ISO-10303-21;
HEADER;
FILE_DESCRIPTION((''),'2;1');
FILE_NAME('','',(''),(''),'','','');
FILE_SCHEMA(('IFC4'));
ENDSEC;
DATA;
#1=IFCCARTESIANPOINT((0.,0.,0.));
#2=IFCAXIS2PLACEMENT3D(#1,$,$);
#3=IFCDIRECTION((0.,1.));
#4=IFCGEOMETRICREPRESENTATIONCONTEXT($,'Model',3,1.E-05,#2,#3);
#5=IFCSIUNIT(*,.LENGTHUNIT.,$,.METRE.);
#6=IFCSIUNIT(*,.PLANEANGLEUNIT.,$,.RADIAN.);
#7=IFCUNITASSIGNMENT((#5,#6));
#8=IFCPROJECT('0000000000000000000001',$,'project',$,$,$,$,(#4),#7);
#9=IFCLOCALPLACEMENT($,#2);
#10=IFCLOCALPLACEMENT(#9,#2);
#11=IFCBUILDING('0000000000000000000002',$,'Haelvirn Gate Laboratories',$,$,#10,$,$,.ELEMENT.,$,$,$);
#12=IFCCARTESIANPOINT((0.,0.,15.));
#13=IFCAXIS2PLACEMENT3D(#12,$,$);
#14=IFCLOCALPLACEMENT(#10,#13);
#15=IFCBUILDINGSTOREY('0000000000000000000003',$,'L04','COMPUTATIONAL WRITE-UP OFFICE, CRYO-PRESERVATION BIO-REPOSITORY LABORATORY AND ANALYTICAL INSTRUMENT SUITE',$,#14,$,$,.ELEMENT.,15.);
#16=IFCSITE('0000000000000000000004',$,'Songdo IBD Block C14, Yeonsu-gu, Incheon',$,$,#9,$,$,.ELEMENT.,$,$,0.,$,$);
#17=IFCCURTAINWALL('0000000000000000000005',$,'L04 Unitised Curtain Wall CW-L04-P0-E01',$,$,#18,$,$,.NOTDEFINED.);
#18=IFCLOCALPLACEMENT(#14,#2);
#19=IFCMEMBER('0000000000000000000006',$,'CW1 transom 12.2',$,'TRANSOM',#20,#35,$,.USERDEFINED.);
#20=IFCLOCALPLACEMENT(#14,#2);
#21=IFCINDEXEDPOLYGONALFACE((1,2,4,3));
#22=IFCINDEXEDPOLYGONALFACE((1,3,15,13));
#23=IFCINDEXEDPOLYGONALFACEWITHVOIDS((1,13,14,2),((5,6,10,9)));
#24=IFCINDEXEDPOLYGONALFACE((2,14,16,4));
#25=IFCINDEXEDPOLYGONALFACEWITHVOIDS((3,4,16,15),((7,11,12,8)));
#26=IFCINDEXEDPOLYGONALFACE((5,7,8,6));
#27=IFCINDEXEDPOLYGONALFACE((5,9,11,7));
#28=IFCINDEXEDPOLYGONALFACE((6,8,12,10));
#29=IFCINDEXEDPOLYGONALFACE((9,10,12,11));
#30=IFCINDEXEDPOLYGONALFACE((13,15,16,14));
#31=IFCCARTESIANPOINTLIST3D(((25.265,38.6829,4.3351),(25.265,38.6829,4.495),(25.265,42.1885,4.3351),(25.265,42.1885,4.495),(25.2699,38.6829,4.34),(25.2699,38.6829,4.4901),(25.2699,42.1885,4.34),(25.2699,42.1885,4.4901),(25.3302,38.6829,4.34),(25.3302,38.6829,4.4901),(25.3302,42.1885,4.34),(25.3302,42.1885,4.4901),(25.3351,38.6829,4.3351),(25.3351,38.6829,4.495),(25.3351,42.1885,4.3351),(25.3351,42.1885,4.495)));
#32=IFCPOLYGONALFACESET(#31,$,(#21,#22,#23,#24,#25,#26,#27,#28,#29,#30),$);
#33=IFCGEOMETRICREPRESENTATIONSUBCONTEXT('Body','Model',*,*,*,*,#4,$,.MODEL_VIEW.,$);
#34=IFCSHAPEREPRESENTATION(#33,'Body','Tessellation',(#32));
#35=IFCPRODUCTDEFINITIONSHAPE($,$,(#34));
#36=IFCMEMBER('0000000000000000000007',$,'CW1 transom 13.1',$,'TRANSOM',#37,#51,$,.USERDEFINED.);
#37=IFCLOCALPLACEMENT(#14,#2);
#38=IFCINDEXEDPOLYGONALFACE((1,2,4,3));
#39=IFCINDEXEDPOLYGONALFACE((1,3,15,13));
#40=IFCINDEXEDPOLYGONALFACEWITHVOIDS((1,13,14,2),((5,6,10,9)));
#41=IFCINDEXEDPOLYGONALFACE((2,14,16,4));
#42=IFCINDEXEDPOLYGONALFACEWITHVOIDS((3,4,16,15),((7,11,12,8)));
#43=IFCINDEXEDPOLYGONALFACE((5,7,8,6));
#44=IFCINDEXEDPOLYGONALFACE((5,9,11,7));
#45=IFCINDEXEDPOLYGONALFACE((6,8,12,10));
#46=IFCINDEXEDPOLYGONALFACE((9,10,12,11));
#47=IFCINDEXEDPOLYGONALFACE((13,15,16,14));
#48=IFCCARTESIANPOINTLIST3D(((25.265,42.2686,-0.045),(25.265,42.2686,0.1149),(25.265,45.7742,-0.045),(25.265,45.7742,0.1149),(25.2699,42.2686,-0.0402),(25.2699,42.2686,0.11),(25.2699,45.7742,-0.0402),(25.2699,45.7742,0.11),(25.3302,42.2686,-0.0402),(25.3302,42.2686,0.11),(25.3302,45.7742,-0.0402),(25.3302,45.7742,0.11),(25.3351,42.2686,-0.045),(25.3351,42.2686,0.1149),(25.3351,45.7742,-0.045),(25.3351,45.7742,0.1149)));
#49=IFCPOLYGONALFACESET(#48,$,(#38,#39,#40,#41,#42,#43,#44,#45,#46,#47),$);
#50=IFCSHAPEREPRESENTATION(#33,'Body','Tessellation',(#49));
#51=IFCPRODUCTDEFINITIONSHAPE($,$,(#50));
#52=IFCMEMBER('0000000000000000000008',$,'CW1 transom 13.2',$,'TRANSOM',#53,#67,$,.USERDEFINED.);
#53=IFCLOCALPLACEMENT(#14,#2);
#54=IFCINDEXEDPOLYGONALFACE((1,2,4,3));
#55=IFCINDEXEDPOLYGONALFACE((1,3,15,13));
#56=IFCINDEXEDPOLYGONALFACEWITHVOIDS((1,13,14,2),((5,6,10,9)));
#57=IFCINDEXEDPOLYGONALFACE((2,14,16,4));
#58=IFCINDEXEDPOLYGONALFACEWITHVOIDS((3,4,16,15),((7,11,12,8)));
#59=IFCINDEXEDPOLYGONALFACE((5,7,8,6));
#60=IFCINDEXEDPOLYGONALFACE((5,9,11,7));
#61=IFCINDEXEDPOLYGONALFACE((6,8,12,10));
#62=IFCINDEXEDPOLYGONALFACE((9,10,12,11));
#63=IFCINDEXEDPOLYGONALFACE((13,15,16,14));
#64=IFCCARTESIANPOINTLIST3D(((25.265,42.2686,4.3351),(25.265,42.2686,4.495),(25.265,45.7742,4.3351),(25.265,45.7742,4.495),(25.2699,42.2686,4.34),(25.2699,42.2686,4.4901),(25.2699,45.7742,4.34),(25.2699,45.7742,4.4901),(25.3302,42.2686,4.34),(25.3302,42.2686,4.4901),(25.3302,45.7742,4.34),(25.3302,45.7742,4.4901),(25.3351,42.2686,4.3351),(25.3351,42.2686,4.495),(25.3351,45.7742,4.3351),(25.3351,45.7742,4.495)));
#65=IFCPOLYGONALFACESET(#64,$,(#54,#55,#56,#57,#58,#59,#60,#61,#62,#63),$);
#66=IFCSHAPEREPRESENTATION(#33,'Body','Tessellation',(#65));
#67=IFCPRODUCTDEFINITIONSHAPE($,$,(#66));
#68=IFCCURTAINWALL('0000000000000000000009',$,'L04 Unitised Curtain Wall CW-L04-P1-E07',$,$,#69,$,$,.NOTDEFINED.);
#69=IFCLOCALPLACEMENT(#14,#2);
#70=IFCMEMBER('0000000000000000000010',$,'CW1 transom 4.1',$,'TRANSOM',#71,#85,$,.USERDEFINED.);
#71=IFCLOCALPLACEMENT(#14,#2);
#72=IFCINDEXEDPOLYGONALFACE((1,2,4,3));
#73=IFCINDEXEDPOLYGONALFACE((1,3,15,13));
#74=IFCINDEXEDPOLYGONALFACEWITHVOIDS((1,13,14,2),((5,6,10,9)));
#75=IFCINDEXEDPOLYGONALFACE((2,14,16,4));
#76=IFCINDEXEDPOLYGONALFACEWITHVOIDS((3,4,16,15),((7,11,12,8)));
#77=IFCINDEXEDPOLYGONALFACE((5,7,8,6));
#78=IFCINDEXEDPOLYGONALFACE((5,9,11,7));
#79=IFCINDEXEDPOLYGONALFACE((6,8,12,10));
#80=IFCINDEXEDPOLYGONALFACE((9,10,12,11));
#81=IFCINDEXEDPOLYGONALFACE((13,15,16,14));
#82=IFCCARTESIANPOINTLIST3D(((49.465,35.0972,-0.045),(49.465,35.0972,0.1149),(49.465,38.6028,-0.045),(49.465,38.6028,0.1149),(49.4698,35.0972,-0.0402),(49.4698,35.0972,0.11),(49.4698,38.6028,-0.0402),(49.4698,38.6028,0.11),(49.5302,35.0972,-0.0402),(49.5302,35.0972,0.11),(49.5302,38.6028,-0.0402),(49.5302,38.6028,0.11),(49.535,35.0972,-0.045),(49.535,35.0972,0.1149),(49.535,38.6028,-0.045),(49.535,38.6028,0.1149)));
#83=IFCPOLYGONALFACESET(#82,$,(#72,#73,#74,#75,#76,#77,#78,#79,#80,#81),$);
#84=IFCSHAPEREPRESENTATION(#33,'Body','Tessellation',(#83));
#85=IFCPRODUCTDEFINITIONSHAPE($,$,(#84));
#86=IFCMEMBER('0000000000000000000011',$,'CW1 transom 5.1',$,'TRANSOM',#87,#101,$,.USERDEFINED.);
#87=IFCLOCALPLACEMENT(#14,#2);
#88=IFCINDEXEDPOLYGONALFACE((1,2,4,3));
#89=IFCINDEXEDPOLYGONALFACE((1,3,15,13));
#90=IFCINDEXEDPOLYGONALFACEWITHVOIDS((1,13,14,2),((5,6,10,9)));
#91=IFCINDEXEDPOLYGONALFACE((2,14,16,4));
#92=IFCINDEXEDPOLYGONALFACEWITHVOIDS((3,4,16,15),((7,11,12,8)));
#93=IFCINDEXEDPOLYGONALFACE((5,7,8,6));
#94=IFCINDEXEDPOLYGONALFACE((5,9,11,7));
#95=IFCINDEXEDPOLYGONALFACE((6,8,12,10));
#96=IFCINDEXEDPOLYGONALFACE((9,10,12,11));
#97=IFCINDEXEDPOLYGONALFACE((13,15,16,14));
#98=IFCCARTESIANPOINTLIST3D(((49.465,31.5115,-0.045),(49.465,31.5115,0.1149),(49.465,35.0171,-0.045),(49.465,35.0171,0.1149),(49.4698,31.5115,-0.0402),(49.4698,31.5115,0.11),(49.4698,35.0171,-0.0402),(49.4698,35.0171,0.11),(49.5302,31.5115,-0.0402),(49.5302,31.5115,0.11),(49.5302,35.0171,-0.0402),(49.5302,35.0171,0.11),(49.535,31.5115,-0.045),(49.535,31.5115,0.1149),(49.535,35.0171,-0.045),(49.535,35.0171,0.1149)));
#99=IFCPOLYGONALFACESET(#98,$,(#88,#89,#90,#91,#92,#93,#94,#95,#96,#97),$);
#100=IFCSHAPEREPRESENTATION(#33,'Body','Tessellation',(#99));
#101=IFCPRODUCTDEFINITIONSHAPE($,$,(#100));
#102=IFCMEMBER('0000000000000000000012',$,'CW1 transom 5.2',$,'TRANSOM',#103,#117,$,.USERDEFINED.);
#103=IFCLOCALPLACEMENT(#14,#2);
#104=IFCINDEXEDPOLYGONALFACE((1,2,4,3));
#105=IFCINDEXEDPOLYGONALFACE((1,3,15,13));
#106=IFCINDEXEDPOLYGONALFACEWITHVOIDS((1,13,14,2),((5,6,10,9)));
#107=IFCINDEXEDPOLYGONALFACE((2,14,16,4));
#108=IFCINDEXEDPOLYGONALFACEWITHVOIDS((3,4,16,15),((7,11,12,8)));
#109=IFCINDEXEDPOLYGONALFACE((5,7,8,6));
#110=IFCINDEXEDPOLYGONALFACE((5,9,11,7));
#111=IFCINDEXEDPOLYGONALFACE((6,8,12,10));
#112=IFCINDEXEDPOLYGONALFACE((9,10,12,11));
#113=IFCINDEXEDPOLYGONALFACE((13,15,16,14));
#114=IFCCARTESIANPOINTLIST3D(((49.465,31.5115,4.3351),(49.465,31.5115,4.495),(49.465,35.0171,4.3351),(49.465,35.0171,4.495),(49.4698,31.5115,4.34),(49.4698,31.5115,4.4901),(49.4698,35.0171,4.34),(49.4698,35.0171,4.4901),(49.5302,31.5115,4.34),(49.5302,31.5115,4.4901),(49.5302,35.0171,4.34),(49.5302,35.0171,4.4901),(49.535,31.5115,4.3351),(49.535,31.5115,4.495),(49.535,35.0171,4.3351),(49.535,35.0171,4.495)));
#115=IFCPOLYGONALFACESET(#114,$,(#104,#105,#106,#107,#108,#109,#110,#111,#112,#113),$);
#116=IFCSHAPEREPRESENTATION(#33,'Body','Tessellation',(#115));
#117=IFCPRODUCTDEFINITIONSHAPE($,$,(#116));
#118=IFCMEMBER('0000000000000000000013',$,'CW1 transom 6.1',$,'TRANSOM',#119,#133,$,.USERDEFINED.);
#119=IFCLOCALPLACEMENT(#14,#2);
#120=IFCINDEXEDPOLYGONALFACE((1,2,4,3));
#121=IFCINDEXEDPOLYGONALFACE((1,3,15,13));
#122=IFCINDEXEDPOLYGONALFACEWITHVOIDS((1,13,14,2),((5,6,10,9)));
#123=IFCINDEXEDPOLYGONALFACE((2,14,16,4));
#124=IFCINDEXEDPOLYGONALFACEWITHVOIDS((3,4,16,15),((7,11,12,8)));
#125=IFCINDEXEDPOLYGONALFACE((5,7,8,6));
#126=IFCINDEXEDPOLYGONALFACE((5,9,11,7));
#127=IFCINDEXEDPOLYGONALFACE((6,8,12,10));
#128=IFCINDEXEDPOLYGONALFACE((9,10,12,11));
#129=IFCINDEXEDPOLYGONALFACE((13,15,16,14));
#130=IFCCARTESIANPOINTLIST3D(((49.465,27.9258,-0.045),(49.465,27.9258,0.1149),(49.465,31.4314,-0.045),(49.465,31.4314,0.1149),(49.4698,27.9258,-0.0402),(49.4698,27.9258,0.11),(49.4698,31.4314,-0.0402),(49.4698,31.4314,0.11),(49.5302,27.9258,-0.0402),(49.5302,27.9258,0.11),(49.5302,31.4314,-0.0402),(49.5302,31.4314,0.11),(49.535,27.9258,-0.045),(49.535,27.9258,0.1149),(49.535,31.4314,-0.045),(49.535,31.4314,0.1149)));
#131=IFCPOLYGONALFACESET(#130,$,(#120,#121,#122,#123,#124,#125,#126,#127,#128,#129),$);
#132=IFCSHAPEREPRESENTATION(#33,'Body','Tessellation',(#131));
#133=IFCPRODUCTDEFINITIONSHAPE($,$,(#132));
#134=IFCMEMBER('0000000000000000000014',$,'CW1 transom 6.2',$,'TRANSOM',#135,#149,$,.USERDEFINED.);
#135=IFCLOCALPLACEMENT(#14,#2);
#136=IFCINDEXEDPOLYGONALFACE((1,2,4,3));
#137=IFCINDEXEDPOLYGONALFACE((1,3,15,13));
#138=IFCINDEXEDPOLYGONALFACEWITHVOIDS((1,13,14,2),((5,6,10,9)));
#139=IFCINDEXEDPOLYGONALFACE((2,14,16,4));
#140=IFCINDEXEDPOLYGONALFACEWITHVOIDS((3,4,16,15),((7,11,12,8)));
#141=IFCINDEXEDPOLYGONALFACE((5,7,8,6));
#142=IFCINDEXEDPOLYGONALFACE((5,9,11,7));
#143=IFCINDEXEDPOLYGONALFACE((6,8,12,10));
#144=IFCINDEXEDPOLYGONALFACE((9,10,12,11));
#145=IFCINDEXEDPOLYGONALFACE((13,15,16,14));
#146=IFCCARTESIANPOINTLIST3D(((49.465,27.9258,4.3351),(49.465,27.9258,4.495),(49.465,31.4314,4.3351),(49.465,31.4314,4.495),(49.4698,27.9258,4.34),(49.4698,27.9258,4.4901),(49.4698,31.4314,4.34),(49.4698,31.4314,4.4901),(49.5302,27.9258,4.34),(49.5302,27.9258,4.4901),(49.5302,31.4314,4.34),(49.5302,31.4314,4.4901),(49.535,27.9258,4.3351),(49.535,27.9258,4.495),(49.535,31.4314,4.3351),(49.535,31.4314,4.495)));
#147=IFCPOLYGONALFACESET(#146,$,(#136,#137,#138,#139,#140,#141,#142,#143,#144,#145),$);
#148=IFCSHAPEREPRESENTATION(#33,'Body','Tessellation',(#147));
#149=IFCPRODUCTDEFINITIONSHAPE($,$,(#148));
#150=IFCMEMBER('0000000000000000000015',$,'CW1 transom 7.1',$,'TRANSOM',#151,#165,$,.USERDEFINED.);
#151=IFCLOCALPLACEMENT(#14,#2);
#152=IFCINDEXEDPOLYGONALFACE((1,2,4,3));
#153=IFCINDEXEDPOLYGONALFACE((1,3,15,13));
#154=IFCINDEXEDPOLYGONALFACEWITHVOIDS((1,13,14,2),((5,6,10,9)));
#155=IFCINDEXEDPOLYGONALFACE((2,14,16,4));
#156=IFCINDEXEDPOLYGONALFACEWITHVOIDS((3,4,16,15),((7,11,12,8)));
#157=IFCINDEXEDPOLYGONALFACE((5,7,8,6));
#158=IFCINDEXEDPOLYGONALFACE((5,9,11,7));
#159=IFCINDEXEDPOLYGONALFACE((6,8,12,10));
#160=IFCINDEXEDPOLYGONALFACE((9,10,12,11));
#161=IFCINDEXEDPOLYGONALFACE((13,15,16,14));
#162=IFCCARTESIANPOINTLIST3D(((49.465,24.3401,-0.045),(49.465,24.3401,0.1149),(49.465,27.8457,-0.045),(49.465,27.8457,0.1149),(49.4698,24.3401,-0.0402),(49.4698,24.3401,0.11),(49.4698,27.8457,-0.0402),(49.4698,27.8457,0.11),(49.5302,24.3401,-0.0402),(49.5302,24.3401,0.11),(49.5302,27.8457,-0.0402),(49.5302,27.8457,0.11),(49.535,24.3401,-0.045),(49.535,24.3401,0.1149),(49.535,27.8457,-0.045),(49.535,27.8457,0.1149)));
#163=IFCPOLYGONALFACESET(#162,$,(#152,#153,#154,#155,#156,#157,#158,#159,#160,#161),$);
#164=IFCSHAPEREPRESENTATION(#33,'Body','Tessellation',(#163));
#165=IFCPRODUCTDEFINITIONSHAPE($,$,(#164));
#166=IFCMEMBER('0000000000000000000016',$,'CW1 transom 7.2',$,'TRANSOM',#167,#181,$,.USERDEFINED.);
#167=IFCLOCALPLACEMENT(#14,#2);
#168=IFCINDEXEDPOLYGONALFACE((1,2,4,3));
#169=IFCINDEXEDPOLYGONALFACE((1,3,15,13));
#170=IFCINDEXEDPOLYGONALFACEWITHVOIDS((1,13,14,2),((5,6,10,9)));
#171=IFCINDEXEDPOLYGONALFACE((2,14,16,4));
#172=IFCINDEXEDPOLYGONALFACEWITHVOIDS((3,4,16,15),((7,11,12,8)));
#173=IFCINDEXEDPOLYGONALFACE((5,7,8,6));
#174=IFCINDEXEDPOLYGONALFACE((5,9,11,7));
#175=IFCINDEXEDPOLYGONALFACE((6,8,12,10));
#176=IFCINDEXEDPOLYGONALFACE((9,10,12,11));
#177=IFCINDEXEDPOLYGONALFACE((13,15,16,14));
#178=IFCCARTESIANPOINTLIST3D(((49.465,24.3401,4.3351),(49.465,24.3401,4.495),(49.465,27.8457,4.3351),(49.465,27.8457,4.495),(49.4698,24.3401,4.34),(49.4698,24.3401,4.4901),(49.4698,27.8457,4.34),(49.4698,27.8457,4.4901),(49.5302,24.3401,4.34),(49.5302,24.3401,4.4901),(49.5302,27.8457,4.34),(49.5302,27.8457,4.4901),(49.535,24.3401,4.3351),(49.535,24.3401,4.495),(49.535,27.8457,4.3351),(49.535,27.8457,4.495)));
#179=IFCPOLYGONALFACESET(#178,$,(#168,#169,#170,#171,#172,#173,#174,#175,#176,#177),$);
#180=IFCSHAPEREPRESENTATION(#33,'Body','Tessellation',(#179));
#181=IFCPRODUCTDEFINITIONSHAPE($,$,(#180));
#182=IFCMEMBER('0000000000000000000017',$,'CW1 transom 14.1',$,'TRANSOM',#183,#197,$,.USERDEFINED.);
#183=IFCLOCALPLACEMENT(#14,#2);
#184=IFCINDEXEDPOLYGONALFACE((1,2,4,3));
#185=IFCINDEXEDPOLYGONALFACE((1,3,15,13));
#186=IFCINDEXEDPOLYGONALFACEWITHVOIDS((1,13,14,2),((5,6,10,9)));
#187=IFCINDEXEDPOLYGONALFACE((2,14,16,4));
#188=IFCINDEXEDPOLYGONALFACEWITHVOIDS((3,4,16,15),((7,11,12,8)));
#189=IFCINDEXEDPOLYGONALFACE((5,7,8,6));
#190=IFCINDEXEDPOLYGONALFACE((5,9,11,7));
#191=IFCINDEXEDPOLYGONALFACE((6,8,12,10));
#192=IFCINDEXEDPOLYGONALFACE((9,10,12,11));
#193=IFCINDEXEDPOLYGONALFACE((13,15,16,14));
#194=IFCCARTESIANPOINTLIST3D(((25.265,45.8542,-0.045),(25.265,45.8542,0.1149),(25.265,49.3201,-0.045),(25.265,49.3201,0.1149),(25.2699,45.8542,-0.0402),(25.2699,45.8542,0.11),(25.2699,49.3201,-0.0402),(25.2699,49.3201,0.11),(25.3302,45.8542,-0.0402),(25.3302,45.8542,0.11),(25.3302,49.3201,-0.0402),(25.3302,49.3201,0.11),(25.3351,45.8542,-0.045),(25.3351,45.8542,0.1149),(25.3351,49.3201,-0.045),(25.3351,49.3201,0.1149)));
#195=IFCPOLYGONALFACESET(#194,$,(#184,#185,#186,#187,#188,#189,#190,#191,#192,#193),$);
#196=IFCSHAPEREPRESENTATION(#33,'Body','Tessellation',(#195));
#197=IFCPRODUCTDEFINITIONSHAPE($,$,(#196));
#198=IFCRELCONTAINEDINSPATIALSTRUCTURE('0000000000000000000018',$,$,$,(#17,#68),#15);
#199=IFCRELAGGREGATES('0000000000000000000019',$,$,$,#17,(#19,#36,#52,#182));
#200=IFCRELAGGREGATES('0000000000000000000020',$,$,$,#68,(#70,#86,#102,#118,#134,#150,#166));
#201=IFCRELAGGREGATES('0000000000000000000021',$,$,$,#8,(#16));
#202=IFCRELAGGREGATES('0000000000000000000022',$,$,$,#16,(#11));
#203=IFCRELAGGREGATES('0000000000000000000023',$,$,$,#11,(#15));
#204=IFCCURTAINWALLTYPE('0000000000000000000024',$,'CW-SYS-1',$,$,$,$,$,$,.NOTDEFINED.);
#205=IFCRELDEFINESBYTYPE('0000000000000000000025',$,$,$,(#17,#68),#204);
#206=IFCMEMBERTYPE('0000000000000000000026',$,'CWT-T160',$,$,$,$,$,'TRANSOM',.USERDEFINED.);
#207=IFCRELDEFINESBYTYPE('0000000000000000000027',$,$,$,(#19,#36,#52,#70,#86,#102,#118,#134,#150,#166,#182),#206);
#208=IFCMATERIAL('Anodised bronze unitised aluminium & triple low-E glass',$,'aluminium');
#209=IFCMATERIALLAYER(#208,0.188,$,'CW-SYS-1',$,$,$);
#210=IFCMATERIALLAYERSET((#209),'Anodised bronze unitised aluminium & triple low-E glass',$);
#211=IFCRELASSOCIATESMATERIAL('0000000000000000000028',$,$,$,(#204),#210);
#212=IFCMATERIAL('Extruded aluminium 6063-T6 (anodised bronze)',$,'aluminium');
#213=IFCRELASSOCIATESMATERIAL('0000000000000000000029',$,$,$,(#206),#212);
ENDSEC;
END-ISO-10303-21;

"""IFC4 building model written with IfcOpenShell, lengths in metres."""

from ifc_helpers import new_model, si_unit, direction, frame, origin, origin_2d, place, context, subcontext, project, spatial, hollow_rectangle, extrude, source, transform, mapped, material, layer, layer_set, material_profile, profile_set, type_object, element, aggregate, save


model = new_model("IFC4")

# Units and contexts
model_context = context("Model", 3, precision=1e-05, world=origin(), true_north=direction((0.0, 1.0)))
body_context = subcontext(model_context, "Body", "Model", "MODEL_VIEW")
ifc_project = project(units=[si_unit("LENGTHUNIT", "METRE"), si_unit("PLANEANGLEUNIT", "RADIAN")], contexts=[model_context])

# Site, building, storey
site_placement = place(None, origin())
site = spatial("IfcSite", under=ifc_project, at=site_placement, Name="Songdo IBD Block C14, Yeonsu-gu, Incheon", CompositionType="ELEMENT", RefElevation=0.0)
building_placement = place(site_placement, origin())
building = spatial("IfcBuilding", under=site, at=building_placement, Name="Haelvirn Gate Laboratories", CompositionType="ELEMENT")
storey_placement = place(building_placement, frame((0.0, 0.0, 15.0)))
storey = spatial("IfcBuildingStorey", under=building, at=storey_placement, Name="L04", Description="COMPUTATIONAL WRITE-UP OFFICE, CRYO-PRESERVATION BIO-REPOSITORY LABORATORY AND ANALYTICAL INSTRUMENT SUITE", CompositionType="ELEMENT", Elevation=15.0)

# Curtain walls, members
ifc_material_1 = material(Name="Anodised bronze unitised aluminium & triple low-E glass", Category="aluminium")
ifc_layer_1 = layer(ifc_material_1, 0.188, Name="CW-SYS-1")
ifc_layer_set_1 = layer_set([ifc_layer_1], Name="Anodised bronze unitised aluminium & triple low-E glass")
curtain_wall_type = type_object("IfcCurtainWallType", Name="CW-SYS-1", PredefinedType="NOTDEFINED", material=ifc_layer_set_1)
curtain_wall_1_placement = place(storey_placement, origin())
curtain_wall_1 = element("IfcCurtainWall", 1, at=curtain_wall_1_placement, inside=storey, type_object=curtain_wall_type, Name="L04 Unitised Curtain Wall CW-L04-P0-E01", PredefinedType="NOTDEFINED")
ifc_material_2 = material(Name="Extruded aluminium 6063-T6 (anodised bronze)", Category="aluminium")
ifc_material_profile_1 = material_profile(ifc_material_2, hollow_rectangle(XDim=0.0701, YDim=0.1599, WallThickness=0.0049, at=origin_2d()), Name="CWT-160x70x5")
ifc_profile_set_1 = profile_set([ifc_material_profile_1], Name="Extruded aluminium 6063-T6 (anodised bronze)")
member_type_1 = type_object("IfcMemberType", Name="CWT-T160", ElementType="TRANSOM", PredefinedType="USERDEFINED", material=ifc_profile_set_1)
shared_shape_1 = source(origin(), body_context, "Body", "SweptSolid", [
    extrude(hollow_rectangle(XDim=0.0701, YDim=0.1599, WallThickness=0.0049, at=origin_2d()), origin(), (0.0, 0.0, 1.0), 3.5056),
])
member_1_placement = place(storey_placement, frame((25.3, 38.6829, 4.415), z_axis=(0.0, 1.0, 0.0), x_axis=(-1.0, 0.0, 0.0)))
member_1 = element("IfcMember", 2, at=member_1_placement, type_object=member_type_1, Name="CW1 transom 12.2", ObjectType="TRANSOM", PredefinedType="USERDEFINED", context=body_context, shape_type="MappedRepresentation", body=[
    mapped(shared_shape_1, transform((0.0, 0.0, 0.0), scale=1.0)),
])
member_2_placement = place(storey_placement, frame((25.3, 42.2686, 0.0349), z_axis=(0.0, 1.0, 0.0), x_axis=(-1.0, 0.0, 0.0)))
member_2 = element("IfcMember", 3, at=member_2_placement, type_object=member_type_1, Name="CW1 transom 13.1", ObjectType="TRANSOM", PredefinedType="USERDEFINED", context=body_context, shape_type="MappedRepresentation", body=[
    mapped(shared_shape_1, transform((0.0, 0.0, 0.0), scale=1.0)),
])
member_3_placement = place(storey_placement, frame((25.3, 42.2686, 4.415), z_axis=(0.0, 1.0, 0.0), x_axis=(-1.0, 0.0, 0.0)))
member_3 = element("IfcMember", 4, at=member_3_placement, type_object=member_type_1, Name="CW1 transom 13.2", ObjectType="TRANSOM", PredefinedType="USERDEFINED", context=body_context, shape_type="MappedRepresentation", body=[
    mapped(shared_shape_1, transform((0.0, 0.0, 0.0), scale=1.0)),
])
curtain_wall_2_placement = place(storey_placement, origin())
curtain_wall_2 = element("IfcCurtainWall", 5, at=curtain_wall_2_placement, inside=storey, type_object=curtain_wall_type, Name="L04 Unitised Curtain Wall CW-L04-P1-E07", PredefinedType="NOTDEFINED")
member_4_placement = place(storey_placement, frame((49.5, 38.6028, 0.0349), z_axis=(0.0, -1.0, 0.0), x_axis=(1.0, 0.0, 0.0)))
member_4 = element("IfcMember", 6, at=member_4_placement, type_object=member_type_1, Name="CW1 transom 4.1", ObjectType="TRANSOM", PredefinedType="USERDEFINED", context=body_context, shape_type="MappedRepresentation", body=[
    mapped(shared_shape_1, transform((0.0, 0.0, 0.0), scale=1.0)),
])
member_5_placement = place(storey_placement, frame((49.5, 35.0171, 0.0349), z_axis=(0.0, -1.0, 0.0), x_axis=(1.0, 0.0, 0.0)))
member_5 = element("IfcMember", 7, at=member_5_placement, type_object=member_type_1, Name="CW1 transom 5.1", ObjectType="TRANSOM", PredefinedType="USERDEFINED", context=body_context, shape_type="MappedRepresentation", body=[
    mapped(shared_shape_1, transform((0.0, 0.0, 0.0), scale=1.0)),
])
member_6_placement = place(storey_placement, frame((49.5, 35.0171, 4.415), z_axis=(0.0, -1.0, 0.0), x_axis=(1.0, 0.0, 0.0)))
member_6 = element("IfcMember", 8, at=member_6_placement, type_object=member_type_1, Name="CW1 transom 5.2", ObjectType="TRANSOM", PredefinedType="USERDEFINED", context=body_context, shape_type="MappedRepresentation", body=[
    mapped(shared_shape_1, transform((0.0, 0.0, 0.0), scale=1.0)),
])
member_7_placement = place(storey_placement, frame((49.5, 31.4314, 0.0349), z_axis=(0.0, -1.0, 0.0), x_axis=(1.0, 0.0, 0.0)))
member_7 = element("IfcMember", 9, at=member_7_placement, type_object=member_type_1, Name="CW1 transom 6.1", ObjectType="TRANSOM", PredefinedType="USERDEFINED", context=body_context, shape_type="MappedRepresentation", body=[
    mapped(shared_shape_1, transform((0.0, 0.0, 0.0), scale=1.0)),
])
member_8_placement = place(storey_placement, frame((49.5, 31.4314, 4.415), z_axis=(0.0, -1.0, 0.0), x_axis=(1.0, 0.0, 0.0)))
member_8 = element("IfcMember", 10, at=member_8_placement, type_object=member_type_1, Name="CW1 transom 6.2", ObjectType="TRANSOM", PredefinedType="USERDEFINED", context=body_context, shape_type="MappedRepresentation", body=[
    mapped(shared_shape_1, transform((0.0, 0.0, 0.0), scale=1.0)),
])
member_9_placement = place(storey_placement, frame((49.5, 27.8457, 0.0349), z_axis=(0.0, -1.0, 0.0), x_axis=(1.0, 0.0, 0.0)))
member_9 = element("IfcMember", 11, at=member_9_placement, type_object=member_type_1, Name="CW1 transom 7.1", ObjectType="TRANSOM", PredefinedType="USERDEFINED", context=body_context, shape_type="MappedRepresentation", body=[
    mapped(shared_shape_1, transform((0.0, 0.0, 0.0), scale=1.0)),
])
member_10_placement = place(storey_placement, frame((49.5, 27.8457, 4.415), z_axis=(0.0, -1.0, 0.0), x_axis=(1.0, 0.0, 0.0)))
member_10 = element("IfcMember", 12, at=member_10_placement, type_object=member_type_1, Name="CW1 transom 7.2", ObjectType="TRANSOM", PredefinedType="USERDEFINED", context=body_context, shape_type="MappedRepresentation", body=[
    mapped(shared_shape_1, transform((0.0, 0.0, 0.0), scale=1.0)),
])

# Member
shared_shape_2 = source(origin(), body_context, "Body", "SweptSolid", [
    extrude(hollow_rectangle(XDim=0.0701, YDim=0.1599, WallThickness=0.0049, at=origin_2d()), origin(), (0.0, 0.0, 1.0), 3.4658),
])
member_11_placement = place(storey_placement, frame((25.3, 45.8542, 0.0349), z_axis=(0.0, 1.0, 0.0), x_axis=(-1.0, 0.0, 0.0)))
member_11 = element("IfcMember", 13, at=member_11_placement, type_object=member_type_1, Name="CW1 transom 14.1", ObjectType="TRANSOM", PredefinedType="USERDEFINED", context=body_context, shape_type="MappedRepresentation", body=[
    mapped(shared_shape_2, transform((0.0, 0.0, 0.0), scale=1.0)),
])

aggregate(curtain_wall_1, [member_1, member_2, member_3, member_11])
aggregate(curtain_wall_2, [member_4, member_5, member_6, member_7, member_8, member_9, member_10])

save(model, "model.ifc")
